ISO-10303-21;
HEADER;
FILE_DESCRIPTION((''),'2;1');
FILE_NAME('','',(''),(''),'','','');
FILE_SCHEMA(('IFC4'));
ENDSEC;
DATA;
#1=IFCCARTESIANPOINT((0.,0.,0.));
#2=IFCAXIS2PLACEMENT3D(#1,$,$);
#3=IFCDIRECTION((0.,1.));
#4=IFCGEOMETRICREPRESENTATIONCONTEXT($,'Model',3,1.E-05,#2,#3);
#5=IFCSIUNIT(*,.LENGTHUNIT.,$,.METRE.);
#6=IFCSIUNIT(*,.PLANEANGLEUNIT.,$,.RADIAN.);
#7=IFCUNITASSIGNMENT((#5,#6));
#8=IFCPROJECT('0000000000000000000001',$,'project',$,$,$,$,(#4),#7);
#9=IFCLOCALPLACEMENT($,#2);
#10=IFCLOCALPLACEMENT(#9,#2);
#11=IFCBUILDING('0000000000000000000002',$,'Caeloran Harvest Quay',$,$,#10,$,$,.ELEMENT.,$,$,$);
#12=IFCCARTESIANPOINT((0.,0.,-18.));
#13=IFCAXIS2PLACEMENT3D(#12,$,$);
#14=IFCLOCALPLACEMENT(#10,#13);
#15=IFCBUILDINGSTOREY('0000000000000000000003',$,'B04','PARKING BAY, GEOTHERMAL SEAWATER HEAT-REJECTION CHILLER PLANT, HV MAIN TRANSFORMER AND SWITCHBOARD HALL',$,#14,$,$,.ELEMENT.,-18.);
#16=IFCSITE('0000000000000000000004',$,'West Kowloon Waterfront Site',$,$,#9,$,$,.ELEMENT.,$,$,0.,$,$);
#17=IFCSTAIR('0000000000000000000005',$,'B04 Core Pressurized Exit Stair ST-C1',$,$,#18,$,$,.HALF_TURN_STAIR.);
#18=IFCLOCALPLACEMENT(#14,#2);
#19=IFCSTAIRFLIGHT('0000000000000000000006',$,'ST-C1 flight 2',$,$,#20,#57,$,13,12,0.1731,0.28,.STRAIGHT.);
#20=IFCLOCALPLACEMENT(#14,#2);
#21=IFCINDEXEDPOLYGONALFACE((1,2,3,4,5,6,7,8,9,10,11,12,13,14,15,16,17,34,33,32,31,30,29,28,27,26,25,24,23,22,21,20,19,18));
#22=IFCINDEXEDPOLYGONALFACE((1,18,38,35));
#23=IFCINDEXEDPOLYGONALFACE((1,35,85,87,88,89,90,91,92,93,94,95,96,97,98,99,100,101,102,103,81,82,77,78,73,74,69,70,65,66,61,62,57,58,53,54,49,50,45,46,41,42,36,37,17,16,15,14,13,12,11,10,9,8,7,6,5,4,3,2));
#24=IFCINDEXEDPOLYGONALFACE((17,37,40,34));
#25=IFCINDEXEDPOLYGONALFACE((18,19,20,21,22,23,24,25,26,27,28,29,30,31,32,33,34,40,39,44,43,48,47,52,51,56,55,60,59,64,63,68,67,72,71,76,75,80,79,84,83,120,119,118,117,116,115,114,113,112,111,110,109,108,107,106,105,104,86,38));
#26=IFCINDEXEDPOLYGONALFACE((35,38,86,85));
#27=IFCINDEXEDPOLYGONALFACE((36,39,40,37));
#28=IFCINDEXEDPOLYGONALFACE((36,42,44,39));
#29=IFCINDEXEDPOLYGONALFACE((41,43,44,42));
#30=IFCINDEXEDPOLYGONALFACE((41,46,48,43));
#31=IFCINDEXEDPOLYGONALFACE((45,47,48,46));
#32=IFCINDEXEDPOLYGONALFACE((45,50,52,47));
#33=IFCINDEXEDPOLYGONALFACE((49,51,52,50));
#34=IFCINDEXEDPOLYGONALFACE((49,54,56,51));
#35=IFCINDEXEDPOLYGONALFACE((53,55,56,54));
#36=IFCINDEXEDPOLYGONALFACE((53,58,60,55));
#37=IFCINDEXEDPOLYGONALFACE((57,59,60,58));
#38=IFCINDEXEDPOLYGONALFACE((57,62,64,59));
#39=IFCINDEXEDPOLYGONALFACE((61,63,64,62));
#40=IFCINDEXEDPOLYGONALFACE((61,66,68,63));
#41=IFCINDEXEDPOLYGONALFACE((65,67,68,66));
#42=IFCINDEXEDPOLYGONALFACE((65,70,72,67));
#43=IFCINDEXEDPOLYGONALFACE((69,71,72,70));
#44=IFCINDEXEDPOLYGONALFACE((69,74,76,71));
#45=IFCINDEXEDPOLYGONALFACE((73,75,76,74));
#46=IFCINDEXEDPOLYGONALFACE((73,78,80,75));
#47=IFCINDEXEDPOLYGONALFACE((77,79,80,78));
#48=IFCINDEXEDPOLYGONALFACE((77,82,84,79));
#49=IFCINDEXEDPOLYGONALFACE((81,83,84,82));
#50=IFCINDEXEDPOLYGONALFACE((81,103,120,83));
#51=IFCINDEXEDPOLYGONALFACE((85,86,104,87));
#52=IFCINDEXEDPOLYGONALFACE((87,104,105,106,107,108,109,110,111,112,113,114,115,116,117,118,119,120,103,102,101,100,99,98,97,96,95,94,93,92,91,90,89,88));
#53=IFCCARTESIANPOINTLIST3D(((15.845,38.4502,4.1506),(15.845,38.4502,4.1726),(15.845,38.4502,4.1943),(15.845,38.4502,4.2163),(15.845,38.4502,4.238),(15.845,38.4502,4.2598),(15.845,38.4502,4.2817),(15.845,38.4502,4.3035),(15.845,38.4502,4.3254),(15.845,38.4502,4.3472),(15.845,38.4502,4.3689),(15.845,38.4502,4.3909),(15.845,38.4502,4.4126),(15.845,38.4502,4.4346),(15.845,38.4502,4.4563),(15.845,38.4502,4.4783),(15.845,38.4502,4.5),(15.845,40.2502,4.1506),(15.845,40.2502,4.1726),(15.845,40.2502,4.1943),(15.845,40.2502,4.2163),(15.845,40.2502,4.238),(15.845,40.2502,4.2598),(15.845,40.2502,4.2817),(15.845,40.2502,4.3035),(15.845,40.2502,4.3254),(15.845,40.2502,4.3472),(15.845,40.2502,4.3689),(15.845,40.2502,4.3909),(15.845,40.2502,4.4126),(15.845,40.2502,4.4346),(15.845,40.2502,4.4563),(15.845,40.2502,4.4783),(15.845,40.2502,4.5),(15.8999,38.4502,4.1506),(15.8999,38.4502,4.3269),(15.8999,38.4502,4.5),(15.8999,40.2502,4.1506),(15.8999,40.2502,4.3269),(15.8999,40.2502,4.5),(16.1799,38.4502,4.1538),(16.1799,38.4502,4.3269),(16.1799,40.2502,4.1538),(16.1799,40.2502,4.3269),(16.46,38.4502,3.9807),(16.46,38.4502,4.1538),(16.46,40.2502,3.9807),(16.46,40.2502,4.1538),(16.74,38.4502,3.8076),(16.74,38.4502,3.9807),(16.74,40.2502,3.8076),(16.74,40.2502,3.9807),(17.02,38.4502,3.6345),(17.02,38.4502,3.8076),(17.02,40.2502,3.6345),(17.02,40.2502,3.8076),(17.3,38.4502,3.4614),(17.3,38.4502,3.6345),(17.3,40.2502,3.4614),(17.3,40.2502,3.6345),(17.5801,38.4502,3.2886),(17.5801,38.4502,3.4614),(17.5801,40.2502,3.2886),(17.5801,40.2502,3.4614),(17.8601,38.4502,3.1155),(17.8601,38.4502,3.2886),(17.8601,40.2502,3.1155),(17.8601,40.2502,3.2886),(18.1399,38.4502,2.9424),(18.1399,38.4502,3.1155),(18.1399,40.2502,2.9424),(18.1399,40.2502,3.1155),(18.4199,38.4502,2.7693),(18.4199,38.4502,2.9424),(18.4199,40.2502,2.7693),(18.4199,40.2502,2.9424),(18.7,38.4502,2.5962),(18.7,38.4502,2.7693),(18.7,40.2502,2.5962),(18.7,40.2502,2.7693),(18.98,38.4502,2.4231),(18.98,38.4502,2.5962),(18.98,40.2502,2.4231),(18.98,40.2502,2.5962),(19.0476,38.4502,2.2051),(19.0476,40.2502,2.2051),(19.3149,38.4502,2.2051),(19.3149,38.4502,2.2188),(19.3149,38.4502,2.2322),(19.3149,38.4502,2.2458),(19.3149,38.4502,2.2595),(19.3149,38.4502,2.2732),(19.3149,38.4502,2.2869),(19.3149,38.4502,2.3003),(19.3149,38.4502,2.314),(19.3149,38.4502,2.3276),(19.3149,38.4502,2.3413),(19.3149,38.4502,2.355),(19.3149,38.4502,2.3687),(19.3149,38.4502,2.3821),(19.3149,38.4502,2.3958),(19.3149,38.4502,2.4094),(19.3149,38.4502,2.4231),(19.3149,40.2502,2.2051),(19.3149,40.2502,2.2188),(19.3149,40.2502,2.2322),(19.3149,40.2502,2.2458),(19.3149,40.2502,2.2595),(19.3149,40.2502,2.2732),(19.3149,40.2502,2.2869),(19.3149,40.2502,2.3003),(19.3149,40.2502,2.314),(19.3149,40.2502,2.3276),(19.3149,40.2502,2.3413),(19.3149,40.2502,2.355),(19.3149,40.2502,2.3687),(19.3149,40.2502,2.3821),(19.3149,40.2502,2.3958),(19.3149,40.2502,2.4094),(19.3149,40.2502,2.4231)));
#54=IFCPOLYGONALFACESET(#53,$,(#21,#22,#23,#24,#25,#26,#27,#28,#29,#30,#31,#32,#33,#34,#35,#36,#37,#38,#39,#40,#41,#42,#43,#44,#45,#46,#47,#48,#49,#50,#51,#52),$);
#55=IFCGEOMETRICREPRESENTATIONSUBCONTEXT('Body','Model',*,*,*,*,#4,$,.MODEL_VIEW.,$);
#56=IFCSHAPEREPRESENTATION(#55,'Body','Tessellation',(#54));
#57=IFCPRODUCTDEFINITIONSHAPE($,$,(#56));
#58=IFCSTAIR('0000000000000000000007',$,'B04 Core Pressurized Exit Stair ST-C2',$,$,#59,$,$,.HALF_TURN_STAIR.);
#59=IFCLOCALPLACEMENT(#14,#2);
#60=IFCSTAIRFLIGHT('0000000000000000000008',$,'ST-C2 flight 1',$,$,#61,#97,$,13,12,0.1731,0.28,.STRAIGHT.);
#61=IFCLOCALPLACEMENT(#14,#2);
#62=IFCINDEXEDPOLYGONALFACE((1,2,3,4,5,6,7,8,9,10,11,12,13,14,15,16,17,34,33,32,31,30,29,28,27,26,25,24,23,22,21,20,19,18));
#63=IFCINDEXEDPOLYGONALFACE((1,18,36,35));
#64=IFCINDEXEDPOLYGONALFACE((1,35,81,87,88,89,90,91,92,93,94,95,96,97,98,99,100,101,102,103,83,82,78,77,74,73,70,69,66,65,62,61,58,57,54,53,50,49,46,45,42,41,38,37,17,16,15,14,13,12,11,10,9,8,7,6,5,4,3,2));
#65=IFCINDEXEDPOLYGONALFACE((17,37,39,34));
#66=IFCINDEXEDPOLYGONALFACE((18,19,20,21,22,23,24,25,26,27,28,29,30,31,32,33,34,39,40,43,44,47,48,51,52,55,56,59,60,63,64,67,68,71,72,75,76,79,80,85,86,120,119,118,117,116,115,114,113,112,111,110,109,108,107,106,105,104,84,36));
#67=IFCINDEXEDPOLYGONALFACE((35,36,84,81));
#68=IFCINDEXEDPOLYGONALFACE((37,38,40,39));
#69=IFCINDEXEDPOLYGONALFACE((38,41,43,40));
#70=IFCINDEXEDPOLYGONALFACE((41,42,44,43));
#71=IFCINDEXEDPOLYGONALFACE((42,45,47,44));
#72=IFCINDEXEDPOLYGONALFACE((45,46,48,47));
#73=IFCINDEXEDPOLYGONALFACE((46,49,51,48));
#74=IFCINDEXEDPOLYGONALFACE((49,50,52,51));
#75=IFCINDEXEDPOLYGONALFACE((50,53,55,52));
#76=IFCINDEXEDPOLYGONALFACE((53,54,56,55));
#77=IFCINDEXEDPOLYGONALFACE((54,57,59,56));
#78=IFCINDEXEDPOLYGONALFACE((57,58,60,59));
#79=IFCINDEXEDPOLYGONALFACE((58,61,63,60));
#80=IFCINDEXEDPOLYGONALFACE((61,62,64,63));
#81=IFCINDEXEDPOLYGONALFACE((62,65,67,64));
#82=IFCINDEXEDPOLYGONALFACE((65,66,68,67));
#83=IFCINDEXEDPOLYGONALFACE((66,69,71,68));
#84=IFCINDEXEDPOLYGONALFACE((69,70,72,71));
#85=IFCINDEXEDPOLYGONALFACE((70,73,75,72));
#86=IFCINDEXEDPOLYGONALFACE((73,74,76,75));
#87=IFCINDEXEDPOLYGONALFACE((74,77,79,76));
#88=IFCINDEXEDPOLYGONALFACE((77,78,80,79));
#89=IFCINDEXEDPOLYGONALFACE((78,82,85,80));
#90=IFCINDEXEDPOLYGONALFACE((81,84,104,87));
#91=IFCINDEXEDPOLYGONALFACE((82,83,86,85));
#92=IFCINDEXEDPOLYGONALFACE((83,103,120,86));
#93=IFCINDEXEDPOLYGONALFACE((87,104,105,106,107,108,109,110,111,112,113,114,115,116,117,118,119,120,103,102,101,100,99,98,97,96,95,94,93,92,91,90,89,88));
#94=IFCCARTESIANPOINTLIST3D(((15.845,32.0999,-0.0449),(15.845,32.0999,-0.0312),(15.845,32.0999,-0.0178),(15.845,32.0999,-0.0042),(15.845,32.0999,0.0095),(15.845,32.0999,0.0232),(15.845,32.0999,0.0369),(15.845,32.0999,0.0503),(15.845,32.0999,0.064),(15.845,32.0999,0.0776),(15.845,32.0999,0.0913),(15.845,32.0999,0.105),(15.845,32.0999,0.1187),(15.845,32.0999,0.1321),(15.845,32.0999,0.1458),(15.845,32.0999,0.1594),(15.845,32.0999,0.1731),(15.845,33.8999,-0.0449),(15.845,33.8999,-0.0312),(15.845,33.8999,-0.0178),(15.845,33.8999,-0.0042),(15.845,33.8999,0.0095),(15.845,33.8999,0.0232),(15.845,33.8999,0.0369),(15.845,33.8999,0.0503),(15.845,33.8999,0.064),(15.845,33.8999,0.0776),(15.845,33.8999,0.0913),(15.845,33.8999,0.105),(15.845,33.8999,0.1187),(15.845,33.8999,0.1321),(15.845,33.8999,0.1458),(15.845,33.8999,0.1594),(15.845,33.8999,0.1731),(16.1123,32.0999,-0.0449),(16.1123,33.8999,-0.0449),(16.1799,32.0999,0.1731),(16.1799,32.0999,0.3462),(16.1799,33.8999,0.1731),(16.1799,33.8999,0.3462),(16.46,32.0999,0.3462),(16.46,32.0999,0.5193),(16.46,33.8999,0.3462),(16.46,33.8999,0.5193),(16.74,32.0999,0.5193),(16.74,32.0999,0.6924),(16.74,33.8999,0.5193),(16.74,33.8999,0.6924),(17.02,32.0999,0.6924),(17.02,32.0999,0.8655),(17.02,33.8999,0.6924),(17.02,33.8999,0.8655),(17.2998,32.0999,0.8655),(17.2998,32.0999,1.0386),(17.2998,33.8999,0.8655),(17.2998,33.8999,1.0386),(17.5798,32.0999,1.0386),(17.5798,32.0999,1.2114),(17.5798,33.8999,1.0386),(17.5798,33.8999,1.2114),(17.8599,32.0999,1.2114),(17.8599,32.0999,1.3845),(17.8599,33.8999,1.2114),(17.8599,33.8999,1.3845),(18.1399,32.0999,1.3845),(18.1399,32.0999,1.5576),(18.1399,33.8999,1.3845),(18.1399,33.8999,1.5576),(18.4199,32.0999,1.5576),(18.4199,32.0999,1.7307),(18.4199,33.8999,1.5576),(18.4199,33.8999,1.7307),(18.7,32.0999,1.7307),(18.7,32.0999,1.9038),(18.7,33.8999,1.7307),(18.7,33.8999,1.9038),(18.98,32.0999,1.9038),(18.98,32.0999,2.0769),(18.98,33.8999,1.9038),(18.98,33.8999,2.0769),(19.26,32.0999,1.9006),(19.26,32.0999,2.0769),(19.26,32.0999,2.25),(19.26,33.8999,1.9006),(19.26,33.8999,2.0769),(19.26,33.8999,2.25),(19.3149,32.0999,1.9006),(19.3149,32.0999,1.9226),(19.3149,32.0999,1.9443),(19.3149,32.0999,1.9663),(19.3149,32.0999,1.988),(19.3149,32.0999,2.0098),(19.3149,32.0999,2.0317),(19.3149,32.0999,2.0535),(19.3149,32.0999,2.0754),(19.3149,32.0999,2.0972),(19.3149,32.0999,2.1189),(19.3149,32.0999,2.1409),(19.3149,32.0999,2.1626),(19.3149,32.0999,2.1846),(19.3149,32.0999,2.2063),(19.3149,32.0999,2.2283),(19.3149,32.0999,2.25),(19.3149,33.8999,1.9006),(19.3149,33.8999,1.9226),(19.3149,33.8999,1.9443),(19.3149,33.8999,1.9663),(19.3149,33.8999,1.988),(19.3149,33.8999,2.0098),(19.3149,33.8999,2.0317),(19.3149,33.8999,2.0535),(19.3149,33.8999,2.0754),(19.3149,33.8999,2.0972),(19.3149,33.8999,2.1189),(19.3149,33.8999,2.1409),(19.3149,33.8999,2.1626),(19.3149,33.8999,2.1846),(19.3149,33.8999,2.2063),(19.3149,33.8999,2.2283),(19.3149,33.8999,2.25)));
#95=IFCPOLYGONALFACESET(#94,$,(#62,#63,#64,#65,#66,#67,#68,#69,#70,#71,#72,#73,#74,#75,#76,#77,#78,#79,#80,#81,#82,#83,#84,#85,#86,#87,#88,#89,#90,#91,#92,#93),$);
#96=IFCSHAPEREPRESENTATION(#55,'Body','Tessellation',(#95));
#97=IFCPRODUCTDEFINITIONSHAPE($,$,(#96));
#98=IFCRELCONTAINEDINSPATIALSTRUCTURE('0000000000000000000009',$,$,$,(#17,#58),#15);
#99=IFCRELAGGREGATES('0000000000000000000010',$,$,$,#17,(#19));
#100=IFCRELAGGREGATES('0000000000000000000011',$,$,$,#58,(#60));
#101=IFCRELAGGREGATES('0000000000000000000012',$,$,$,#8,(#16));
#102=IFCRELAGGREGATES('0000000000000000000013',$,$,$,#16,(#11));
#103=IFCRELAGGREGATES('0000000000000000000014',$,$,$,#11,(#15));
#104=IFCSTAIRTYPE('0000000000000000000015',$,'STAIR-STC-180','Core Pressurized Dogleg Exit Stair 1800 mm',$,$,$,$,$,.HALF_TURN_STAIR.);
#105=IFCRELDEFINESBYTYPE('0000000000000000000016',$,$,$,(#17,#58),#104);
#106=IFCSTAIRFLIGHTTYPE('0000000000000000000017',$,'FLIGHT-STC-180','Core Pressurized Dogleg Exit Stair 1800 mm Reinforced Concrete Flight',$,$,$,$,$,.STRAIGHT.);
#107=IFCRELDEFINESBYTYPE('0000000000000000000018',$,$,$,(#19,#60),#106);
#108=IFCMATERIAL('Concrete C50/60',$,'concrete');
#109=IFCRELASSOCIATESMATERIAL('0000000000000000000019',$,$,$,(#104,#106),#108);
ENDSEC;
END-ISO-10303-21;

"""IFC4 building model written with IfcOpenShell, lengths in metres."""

from ifc_helpers import new_model, si_unit, direction, frame, origin, place, context, subcontext, project, spatial, polyline, outline, extrude, material, type_object, element, aggregate, save


model = new_model("IFC4")

# Units and contexts
model_context = context("Model", 3, precision=1e-05, world=origin(), true_north=direction((0.0, 1.0)))
body_context = subcontext(model_context, "Body", "Model", "MODEL_VIEW")
ifc_project = project(units=[si_unit("LENGTHUNIT", "METRE"), si_unit("PLANEANGLEUNIT", "RADIAN")], contexts=[model_context])

# Site, building, storey
site_placement = place(None, origin())
site = spatial("IfcSite", under=ifc_project, at=site_placement, Name="West Kowloon Waterfront Site", CompositionType="ELEMENT", RefElevation=0.0)
building_placement = place(site_placement, origin())
building = spatial("IfcBuilding", under=site, at=building_placement, Name="Caeloran Harvest Quay", CompositionType="ELEMENT")
storey_placement = place(building_placement, frame((0.0, 0.0, -18.0)))
storey = spatial("IfcBuildingStorey", under=building, at=storey_placement, Name="B04", Description="PARKING BAY, GEOTHERMAL SEAWATER HEAT-REJECTION CHILLER PLANT, HV MAIN TRANSFORMER AND SWITCHBOARD HALL", CompositionType="ELEMENT", Elevation=-18.0)

# Shared definitions
ifc_material_1 = material(Name="Concrete C50/60", Category="concrete")

# Stairs, stair flights
stair_type = type_object("IfcStairType", Name="STAIR-STC-180", Description="Core Pressurized Dogleg Exit Stair 1800 mm", PredefinedType="HALF_TURN_STAIR", material=ifc_material_1)
stair_1_placement = place(storey_placement, origin())
stair_1 = element("IfcStair", 1, at=stair_1_placement, inside=storey, type_object=stair_type, Name="B04 Core Pressurized Exit Stair ST-C1", PredefinedType="HALF_TURN_STAIR")
stair_flight_type = type_object("IfcStairFlightType", Name="FLIGHT-STC-180", Description="Core Pressurized Dogleg Exit Stair 1800 mm Reinforced Concrete Flight", PredefinedType="STRAIGHT", material=ifc_material_1)
stair_flight_1_placement = place(storey_placement, frame((19.26, 39.3501, 2.25), z_axis=(0.0, 0.0, 1.0), x_axis=(-1.0, 0.0, 0.0)))
stair_flight_1 = element("IfcStairFlight", 2, at=stair_flight_1_placement, type_object=stair_flight_type, Name="ST-C1 flight 2", NumberOfRisers=13, NumberOfTreads=12, PredefinedType="STRAIGHT", RiserHeight=0.1731, TreadLength=0.28, context=body_context, shape_type="SweptSolid", body=[
    extrude(outline(polyline([(-0.0549, -0.0449), (-0.0549, -0.0312), (-0.0549, -0.0178), (-0.0549, -0.0042), (-0.0549, 0.0095), (-0.0549, 0.0232), (-0.0549, 0.0369), (-0.0549, 0.0503), (-0.0549, 0.064), (-0.0549, 0.0776), (-0.0549, 0.0913), (-0.0549, 0.105), (-0.0549, 0.1187), (-0.0549, 0.1321), (-0.0549, 0.1458), (-0.0549, 0.1594), (-0.0549, 0.1731), (0.28, 0.1731), (0.28, 0.3462), (0.5601, 0.3462), (0.5601, 0.5193), (0.8401, 0.5193), (0.8401, 0.6924), (1.1201, 0.6924), (1.1201, 0.8655), (1.3999, 0.8655), (1.3999, 1.0386), (1.6799, 1.0386), (1.6799, 1.2114), (1.96, 1.2114), (1.96, 1.3845), (2.24, 1.3845), (2.24, 1.5576), (2.52, 1.5576), (2.52, 1.7307), (2.8, 1.7307), (2.8, 1.9038), (3.0801, 1.9038), (3.0801, 2.0769), (3.3601, 2.0769), (3.3601, 2.25), (3.415, 2.25), (3.415, 2.2283), (3.415, 2.2063), (3.415, 2.1846), (3.415, 2.1626), (3.415, 2.1409), (3.415, 2.1189), (3.415, 2.0972), (3.415, 2.0754), (3.415, 2.0535), (3.415, 2.0317), (3.415, 2.0098), (3.415, 1.988), (3.415, 1.9663), (3.415, 1.9443), (3.415, 1.9226), (3.415, 1.9006), (3.3601, 1.9006), (0.2124, -0.0449), (-0.0549, -0.0449)])), frame((0.0, 0.8999, 0.0), z_axis=(0.0, -1.0, 0.0), x_axis=(1.0, 0.0, 0.0)), (0.0, 0.0, 1.0), 1.8),
])
aggregate(stair_1, [stair_flight_1])
stair_2_placement = place(storey_placement, origin())
stair_2 = element("IfcStair", 3, at=stair_2_placement, inside=storey, type_object=stair_type, Name="B04 Core Pressurized Exit Stair ST-C2", PredefinedType="HALF_TURN_STAIR")
stair_flight_2_placement = place(storey_placement, frame((15.8999, 33.0, 0.0), z_axis=(0.0, 0.0, 1.0), x_axis=(1.0, 0.0, 0.0)))
stair_flight_2 = element("IfcStairFlight", 4, at=stair_flight_2_placement, type_object=stair_flight_type, Name="ST-C2 flight 1", NumberOfRisers=13, NumberOfTreads=12, PredefinedType="STRAIGHT", RiserHeight=0.1731, TreadLength=0.28, context=body_context, shape_type="SweptSolid", body=[
    extrude(outline(polyline([(-0.0549, -0.0449), (-0.0549, -0.0312), (-0.0549, -0.0178), (-0.0549, -0.0042), (-0.0549, 0.0095), (-0.0549, 0.0232), (-0.0549, 0.0369), (-0.0549, 0.0503), (-0.0549, 0.064), (-0.0549, 0.0776), (-0.0549, 0.0913), (-0.0549, 0.105), (-0.0549, 0.1187), (-0.0549, 0.1321), (-0.0549, 0.1458), (-0.0549, 0.1594), (-0.0549, 0.1731), (0.28, 0.1731), (0.28, 0.3462), (0.5601, 0.3462), (0.5601, 0.5193), (0.8401, 0.5193), (0.8401, 0.6924), (1.1201, 0.6924), (1.1201, 0.8655), (1.3999, 0.8655), (1.3999, 1.0386), (1.6799, 1.0386), (1.6799, 1.2114), (1.96, 1.2114), (1.96, 1.3845), (2.24, 1.3845), (2.24, 1.5576), (2.52, 1.5576), (2.52, 1.7307), (2.8, 1.7307), (2.8, 1.9038), (3.0801, 1.9038), (3.0801, 2.0769), (3.3601, 2.0769), (3.3601, 2.25), (3.415, 2.25), (3.415, 2.2283), (3.415, 2.2063), (3.415, 2.1846), (3.415, 2.1626), (3.415, 2.1409), (3.415, 2.1189), (3.415, 2.0972), (3.415, 2.0754), (3.415, 2.0535), (3.415, 2.0317), (3.415, 2.0098), (3.415, 1.988), (3.415, 1.9663), (3.415, 1.9443), (3.415, 1.9226), (3.415, 1.9006), (3.3601, 1.9006), (0.2124, -0.0449), (-0.0549, -0.0449)])), frame((0.0, 0.8999, 0.0), z_axis=(0.0, -1.0, 0.0), x_axis=(1.0, 0.0, 0.0)), (0.0, 0.0, 1.0), 1.8),
])
aggregate(stair_2, [stair_flight_2])

save(model, "model.ifc")
